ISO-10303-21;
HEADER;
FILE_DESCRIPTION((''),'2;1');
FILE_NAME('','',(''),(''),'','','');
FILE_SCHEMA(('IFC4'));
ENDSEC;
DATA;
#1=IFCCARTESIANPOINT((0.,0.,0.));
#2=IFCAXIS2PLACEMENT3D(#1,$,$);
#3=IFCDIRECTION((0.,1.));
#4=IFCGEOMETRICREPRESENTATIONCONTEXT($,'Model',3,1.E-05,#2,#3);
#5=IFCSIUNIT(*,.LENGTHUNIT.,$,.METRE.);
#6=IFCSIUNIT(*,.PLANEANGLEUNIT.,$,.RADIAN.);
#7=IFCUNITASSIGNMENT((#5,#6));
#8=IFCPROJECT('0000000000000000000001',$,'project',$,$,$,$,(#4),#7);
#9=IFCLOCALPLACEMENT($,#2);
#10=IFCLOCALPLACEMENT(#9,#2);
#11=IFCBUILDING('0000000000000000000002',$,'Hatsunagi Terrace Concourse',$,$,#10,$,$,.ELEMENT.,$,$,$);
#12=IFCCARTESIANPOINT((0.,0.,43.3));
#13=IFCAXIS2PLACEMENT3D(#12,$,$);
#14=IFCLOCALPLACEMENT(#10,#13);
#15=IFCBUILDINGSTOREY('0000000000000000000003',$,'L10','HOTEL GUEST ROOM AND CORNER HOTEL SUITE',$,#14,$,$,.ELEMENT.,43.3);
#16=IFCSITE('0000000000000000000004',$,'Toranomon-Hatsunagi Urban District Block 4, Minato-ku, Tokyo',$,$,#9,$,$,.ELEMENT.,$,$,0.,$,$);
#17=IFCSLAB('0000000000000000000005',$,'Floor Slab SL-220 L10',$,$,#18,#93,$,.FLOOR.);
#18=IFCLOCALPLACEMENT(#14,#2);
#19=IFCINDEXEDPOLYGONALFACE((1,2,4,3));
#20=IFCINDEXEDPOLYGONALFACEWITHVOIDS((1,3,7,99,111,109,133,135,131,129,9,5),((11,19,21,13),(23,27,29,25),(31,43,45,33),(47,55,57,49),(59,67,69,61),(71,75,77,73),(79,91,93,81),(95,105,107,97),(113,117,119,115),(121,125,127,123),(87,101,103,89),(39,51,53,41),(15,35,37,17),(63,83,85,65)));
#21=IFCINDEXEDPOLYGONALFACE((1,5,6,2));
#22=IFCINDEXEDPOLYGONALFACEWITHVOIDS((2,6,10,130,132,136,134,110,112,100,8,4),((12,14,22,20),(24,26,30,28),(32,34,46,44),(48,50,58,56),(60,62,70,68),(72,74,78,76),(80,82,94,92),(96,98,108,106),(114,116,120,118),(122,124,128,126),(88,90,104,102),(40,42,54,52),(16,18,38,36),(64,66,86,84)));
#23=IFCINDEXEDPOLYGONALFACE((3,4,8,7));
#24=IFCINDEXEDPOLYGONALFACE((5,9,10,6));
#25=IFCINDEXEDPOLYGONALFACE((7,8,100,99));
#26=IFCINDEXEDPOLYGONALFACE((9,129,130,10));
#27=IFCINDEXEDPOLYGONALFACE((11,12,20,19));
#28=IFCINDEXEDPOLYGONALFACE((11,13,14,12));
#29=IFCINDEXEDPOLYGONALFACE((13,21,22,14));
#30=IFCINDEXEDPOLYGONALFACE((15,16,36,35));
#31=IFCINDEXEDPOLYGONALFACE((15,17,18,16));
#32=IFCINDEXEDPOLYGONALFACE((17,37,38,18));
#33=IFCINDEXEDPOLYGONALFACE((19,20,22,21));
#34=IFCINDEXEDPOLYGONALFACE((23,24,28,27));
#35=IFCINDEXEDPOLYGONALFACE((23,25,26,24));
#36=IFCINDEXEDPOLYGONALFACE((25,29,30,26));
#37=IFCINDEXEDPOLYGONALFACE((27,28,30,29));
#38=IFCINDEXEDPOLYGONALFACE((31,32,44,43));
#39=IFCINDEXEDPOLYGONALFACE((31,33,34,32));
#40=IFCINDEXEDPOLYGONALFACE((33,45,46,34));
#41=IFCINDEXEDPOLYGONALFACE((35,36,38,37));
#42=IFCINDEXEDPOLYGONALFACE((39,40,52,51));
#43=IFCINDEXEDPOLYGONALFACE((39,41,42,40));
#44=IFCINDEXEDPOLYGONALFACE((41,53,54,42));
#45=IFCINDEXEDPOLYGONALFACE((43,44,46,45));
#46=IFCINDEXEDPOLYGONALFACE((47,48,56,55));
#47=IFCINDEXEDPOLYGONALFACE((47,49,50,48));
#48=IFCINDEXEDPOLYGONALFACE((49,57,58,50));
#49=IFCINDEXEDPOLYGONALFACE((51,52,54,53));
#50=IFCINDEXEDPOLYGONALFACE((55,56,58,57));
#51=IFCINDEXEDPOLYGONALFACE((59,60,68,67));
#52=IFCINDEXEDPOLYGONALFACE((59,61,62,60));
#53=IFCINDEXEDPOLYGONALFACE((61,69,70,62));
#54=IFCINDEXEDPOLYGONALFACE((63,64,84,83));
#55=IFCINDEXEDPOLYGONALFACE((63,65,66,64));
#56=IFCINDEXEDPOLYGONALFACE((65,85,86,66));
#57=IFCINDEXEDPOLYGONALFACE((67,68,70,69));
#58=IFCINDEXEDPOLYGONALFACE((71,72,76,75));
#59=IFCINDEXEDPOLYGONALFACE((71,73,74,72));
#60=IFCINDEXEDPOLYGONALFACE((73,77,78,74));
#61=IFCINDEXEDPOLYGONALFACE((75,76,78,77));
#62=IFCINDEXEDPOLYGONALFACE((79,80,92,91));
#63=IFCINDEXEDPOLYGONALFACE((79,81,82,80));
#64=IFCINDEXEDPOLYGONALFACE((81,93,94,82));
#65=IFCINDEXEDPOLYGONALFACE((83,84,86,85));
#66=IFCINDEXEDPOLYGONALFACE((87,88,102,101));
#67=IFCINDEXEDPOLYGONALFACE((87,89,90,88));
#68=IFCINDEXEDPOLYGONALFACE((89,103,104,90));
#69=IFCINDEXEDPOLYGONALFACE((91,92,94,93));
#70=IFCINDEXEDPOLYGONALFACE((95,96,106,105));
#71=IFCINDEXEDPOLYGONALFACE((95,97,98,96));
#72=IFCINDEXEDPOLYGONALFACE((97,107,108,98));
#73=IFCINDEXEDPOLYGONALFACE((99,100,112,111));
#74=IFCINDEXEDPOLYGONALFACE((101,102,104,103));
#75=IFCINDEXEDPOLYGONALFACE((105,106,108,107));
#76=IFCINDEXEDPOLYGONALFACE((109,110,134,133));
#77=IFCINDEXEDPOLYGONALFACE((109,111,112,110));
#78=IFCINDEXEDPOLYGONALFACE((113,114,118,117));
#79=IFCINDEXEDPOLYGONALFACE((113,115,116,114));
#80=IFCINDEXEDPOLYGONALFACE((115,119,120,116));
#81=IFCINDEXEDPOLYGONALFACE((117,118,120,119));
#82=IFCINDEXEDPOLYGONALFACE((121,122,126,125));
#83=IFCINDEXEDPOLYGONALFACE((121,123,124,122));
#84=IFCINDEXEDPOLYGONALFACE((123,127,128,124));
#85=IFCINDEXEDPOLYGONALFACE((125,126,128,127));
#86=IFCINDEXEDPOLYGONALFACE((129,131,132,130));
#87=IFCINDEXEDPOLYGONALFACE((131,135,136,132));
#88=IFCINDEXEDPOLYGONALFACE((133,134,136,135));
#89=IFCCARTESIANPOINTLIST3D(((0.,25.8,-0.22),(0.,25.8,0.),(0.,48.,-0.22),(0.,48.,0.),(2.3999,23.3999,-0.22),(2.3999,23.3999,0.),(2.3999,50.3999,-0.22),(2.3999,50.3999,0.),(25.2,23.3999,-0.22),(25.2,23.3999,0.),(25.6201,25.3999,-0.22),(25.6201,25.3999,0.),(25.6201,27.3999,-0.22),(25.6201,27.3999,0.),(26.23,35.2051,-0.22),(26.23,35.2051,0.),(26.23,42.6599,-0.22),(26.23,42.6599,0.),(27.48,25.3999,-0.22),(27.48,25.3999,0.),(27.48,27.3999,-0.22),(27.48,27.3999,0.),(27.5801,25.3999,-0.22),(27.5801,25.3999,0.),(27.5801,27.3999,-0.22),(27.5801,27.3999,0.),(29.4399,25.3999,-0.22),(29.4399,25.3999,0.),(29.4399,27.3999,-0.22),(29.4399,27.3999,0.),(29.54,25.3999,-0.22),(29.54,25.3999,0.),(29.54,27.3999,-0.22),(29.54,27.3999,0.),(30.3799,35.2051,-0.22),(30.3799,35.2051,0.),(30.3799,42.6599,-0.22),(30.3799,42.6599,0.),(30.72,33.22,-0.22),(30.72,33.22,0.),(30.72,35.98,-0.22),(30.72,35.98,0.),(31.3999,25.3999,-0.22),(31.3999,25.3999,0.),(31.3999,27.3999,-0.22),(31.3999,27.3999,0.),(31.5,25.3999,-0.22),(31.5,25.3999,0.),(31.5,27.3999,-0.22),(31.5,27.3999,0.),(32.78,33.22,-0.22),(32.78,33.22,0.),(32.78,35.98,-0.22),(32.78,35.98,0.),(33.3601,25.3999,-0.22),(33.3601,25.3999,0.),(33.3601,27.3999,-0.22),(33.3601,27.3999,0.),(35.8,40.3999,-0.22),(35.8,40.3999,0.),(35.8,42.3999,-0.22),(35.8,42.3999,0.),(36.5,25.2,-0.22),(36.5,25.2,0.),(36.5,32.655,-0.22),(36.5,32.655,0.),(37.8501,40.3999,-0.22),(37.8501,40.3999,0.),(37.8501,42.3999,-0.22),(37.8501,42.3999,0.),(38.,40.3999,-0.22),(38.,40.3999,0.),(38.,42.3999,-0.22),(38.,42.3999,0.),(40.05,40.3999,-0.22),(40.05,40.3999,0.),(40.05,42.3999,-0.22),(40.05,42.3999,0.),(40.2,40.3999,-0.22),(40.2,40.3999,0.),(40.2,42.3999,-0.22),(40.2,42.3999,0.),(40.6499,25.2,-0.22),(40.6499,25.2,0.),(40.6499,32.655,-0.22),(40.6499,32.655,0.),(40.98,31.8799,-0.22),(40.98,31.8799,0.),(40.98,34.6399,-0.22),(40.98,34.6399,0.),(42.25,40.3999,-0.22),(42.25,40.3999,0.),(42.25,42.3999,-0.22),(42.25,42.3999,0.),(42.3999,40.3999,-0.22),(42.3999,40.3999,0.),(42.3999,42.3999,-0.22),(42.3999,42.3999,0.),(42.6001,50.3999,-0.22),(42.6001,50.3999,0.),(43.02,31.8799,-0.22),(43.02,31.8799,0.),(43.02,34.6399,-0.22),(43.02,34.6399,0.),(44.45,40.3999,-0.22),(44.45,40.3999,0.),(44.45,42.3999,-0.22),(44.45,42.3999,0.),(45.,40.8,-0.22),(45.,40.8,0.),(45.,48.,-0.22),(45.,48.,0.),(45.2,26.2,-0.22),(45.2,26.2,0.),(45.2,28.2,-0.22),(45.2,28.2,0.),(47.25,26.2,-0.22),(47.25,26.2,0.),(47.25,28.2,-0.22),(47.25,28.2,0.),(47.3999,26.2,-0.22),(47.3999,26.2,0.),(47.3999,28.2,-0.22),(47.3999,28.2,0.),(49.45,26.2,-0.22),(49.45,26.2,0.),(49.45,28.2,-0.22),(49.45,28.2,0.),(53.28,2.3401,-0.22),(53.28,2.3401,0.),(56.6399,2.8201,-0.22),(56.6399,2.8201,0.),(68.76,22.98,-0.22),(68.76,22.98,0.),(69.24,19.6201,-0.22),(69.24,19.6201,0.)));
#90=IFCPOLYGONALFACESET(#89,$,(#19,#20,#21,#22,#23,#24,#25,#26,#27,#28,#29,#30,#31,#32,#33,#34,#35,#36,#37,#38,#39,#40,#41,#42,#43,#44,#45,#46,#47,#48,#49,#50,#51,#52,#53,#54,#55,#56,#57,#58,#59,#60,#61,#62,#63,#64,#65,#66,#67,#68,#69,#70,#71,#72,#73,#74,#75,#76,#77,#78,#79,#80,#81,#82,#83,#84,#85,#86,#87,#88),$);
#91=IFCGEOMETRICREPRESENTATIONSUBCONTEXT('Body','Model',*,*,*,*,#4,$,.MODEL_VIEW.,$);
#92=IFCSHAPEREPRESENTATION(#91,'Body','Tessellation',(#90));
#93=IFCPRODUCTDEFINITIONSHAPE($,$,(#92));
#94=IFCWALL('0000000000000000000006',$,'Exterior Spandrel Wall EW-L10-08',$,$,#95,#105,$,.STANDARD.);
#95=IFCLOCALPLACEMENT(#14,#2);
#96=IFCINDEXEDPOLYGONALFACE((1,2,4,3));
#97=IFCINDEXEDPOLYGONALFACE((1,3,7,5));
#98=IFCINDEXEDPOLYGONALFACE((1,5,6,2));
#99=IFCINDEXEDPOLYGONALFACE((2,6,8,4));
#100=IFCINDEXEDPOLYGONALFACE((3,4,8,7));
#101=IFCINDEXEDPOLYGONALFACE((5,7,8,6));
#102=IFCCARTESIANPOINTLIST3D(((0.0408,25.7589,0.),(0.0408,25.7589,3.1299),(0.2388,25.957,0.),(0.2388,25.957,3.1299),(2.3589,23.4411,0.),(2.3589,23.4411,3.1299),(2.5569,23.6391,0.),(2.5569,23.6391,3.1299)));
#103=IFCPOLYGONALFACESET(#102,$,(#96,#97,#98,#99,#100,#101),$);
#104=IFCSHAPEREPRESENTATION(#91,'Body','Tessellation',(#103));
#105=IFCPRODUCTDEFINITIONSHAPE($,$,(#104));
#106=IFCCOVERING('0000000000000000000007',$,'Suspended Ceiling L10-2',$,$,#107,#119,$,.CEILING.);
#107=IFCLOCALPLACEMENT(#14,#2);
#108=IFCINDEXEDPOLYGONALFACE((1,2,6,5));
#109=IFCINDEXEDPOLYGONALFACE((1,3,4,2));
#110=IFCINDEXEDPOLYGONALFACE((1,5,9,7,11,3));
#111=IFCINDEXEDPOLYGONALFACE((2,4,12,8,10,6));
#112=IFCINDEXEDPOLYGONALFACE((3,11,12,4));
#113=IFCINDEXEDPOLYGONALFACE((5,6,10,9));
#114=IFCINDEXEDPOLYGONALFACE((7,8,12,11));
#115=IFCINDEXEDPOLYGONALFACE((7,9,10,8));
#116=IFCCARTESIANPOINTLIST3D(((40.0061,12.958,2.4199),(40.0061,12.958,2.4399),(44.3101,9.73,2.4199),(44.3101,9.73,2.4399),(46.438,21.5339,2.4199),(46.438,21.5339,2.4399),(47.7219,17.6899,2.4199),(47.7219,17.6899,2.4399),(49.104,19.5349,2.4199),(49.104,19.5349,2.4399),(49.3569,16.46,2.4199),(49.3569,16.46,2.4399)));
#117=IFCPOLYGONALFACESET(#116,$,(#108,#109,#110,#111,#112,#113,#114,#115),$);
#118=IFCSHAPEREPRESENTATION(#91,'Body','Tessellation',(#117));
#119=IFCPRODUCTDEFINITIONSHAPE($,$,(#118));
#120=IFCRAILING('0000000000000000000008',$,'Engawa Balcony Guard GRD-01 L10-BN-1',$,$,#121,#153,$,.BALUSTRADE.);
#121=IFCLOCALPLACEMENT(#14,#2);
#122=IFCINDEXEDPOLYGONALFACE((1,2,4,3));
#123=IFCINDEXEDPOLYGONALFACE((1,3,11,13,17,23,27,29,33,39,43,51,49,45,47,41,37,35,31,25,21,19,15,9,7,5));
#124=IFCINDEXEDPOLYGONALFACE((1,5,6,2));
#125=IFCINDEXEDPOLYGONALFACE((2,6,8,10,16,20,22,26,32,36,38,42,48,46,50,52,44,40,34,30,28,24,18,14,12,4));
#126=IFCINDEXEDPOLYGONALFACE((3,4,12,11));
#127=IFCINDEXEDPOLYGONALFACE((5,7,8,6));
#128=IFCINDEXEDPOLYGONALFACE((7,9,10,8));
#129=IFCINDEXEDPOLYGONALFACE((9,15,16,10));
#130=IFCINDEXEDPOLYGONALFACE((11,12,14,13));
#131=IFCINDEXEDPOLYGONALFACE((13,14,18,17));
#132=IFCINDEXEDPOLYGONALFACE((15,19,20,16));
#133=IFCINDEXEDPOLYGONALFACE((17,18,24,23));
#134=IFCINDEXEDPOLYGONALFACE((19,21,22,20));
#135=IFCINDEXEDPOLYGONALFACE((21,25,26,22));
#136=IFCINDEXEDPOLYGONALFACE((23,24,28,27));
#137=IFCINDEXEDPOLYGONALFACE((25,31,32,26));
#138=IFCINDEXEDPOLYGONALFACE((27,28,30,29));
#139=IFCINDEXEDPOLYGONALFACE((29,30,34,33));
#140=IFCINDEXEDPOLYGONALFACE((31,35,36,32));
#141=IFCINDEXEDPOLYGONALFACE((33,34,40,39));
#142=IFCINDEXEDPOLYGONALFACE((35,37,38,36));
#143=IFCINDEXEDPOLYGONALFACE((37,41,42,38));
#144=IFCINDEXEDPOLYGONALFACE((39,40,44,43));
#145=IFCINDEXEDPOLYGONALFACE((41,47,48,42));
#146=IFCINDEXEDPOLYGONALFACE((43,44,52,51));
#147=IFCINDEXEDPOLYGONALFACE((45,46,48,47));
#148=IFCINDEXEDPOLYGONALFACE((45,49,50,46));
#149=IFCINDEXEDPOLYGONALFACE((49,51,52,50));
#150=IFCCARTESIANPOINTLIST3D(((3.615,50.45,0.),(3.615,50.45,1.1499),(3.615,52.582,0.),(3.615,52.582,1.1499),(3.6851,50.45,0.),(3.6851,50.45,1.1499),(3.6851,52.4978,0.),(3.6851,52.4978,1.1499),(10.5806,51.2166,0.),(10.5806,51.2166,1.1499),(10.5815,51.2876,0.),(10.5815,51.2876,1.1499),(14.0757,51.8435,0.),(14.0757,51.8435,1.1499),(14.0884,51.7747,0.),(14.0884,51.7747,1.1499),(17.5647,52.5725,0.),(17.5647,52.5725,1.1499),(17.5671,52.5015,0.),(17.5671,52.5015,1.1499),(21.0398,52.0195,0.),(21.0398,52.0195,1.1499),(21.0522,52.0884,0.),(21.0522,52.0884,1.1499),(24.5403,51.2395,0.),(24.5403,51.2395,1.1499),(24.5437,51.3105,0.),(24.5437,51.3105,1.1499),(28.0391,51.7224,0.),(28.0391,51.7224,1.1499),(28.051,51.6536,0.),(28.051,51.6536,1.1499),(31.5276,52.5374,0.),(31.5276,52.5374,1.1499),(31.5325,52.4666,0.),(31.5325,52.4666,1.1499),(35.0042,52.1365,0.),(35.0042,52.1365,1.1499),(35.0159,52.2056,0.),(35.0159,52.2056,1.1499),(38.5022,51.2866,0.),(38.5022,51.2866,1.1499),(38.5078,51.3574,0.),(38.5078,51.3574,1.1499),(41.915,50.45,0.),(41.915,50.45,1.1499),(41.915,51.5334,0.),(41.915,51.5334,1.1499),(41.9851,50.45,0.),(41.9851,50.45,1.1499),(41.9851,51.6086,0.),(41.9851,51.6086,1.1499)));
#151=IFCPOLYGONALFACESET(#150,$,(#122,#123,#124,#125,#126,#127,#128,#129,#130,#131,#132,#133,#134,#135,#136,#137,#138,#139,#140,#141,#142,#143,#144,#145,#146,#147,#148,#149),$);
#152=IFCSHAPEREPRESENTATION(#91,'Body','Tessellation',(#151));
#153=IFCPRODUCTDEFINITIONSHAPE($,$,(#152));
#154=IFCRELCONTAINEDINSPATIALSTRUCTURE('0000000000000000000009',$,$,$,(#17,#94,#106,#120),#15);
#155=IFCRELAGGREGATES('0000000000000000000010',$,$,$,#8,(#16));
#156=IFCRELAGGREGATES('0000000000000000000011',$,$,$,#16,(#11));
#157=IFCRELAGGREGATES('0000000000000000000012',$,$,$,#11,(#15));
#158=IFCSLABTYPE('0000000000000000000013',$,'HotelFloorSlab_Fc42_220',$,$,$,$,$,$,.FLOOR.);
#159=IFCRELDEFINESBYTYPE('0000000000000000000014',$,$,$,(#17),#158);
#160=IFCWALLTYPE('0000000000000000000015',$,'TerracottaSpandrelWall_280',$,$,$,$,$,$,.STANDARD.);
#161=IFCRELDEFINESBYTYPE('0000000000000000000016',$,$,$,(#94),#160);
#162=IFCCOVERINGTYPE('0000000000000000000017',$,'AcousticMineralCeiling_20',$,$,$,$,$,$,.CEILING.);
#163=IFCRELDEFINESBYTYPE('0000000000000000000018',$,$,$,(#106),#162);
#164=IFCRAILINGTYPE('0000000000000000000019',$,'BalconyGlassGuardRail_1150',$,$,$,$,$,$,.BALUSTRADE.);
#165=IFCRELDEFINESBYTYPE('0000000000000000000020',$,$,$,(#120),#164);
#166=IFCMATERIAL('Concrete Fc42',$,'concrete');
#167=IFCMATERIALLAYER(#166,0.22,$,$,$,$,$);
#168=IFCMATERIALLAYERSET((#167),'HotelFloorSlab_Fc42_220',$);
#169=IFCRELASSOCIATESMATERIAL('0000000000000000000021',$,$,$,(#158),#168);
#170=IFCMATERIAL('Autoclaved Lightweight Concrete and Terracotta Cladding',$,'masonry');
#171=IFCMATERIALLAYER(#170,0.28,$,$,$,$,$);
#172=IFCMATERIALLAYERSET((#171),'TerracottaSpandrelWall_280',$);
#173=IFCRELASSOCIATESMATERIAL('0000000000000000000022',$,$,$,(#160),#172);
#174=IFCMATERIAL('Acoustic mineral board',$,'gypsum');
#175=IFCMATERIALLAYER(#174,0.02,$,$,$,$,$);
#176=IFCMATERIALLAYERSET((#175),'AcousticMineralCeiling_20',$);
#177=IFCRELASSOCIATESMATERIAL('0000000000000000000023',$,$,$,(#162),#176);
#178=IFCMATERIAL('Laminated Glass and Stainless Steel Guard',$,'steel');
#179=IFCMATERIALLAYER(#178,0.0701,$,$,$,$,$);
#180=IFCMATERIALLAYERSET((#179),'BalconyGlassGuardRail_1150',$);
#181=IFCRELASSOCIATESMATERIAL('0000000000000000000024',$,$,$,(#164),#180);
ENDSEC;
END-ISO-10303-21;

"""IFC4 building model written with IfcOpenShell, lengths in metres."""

from ifc_helpers import new_model, si_unit, direction, frame, frame_2d, origin, place, context, subcontext, project, spatial, polyline, rectangle, outline, extrude, material, layer, layer_set, type_object, element, save


model = new_model("IFC4")

# Units and contexts
model_context = context("Model", 3, precision=1e-05, world=origin(), true_north=direction((0.0, 1.0)))
body_context = subcontext(model_context, "Body", "Model", "MODEL_VIEW")
ifc_project = project(units=[si_unit("LENGTHUNIT", "METRE"), si_unit("PLANEANGLEUNIT", "RADIAN")], contexts=[model_context])

# Site, building, storey
site_placement = place(None, origin())
site = spatial("IfcSite", under=ifc_project, at=site_placement, Name="Toranomon-Hatsunagi Urban District Block 4, Minato-ku, Tokyo", CompositionType="ELEMENT", RefElevation=0.0)
building_placement = place(site_placement, origin())
building = spatial("IfcBuilding", under=site, at=building_placement, Name="Hatsunagi Terrace Concourse", CompositionType="ELEMENT")
storey_placement = place(building_placement, frame((0.0, 0.0, 43.3)))
storey = spatial("IfcBuildingStorey", under=building, at=storey_placement, Name="L10", Description="HOTEL GUEST ROOM AND CORNER HOTEL SUITE", CompositionType="ELEMENT", Elevation=43.3)

# Slab
ifc_material_1 = material(Name="Concrete Fc42", Category="concrete")
ifc_layer_1 = layer(ifc_material_1, 0.22)
ifc_layer_set_1 = layer_set([ifc_layer_1], Name="HotelFloorSlab_Fc42_220")
slab_type_1 = type_object("IfcSlabType", Name="HotelFloorSlab_Fc42_220", PredefinedType="FLOOR", material=ifc_layer_set_1)
slab_1_placement = place(storey_placement, frame((0.0, 0.0, -0.22)))
element("IfcSlab", 1, at=slab_1_placement, inside=storey, type_object=slab_type_1, Name="Floor Slab SL-220 L10", PredefinedType="FLOOR", context=body_context, shape_type="SweptSolid", body=[
    extrude(outline(polyline([(45.0, 40.8), (45.0, 48.0), (42.6001, 50.3999), (2.3999, 50.3999), (0.0, 48.0), (0.0, 25.8), (2.3999, 23.3999), (25.2, 23.3999), (53.28, 2.3401), (56.6399, 2.8201), (69.24, 19.6201), (68.76, 22.98), (45.0, 40.8)]), holes=[polyline([(26.23, 35.2051), (30.3799, 35.2051), (30.3799, 42.6599), (26.23, 42.6599), (26.23, 35.2051)]), polyline([(36.5, 25.2), (40.6499, 25.2), (40.6499, 32.655), (36.5, 32.655), (36.5, 25.2)]), polyline([(30.72, 33.22), (32.78, 33.22), (32.78, 35.98), (30.72, 35.98), (30.72, 33.22)]), polyline([(40.98, 31.8799), (43.02, 31.8799), (43.02, 34.6399), (40.98, 34.6399), (40.98, 31.8799)]), polyline([(25.6201, 25.3999), (27.48, 25.3999), (27.48, 27.3999), (25.6201, 27.3999), (25.6201, 25.3999)]), polyline([(27.5801, 25.3999), (29.4399, 25.3999), (29.4399, 27.3999), (27.5801, 27.3999), (27.5801, 25.3999)]), polyline([(29.54, 25.3999), (31.3999, 25.3999), (31.3999, 27.3999), (29.54, 27.3999), (29.54, 25.3999)]), polyline([(31.5, 25.3999), (33.3601, 25.3999), (33.3601, 27.3999), (31.5, 27.3999), (31.5, 25.3999)]), polyline([(35.8, 40.3999), (37.8501, 40.3999), (37.8501, 42.3999), (35.8, 42.3999), (35.8, 40.3999)]), polyline([(38.0, 40.3999), (40.05, 40.3999), (40.05, 42.3999), (38.0, 42.3999), (38.0, 40.3999)]), polyline([(40.2, 40.3999), (42.25, 40.3999), (42.25, 42.3999), (40.2, 42.3999), (40.2, 40.3999)]), polyline([(42.3999, 40.3999), (44.45, 40.3999), (44.45, 42.3999), (42.3999, 42.3999), (42.3999, 40.3999)]), polyline([(45.2, 26.2), (47.25, 26.2), (47.25, 28.2), (45.2, 28.2), (45.2, 26.2)]), polyline([(47.3999, 26.2), (49.45, 26.2), (49.45, 28.2), (47.3999, 28.2), (47.3999, 26.2)])]), origin(), (0.0, 0.0, 1.0), 0.22),
])

# Wall
ifc_material_2 = material(Name="Autoclaved Lightweight Concrete and Terracotta Cladding", Category="masonry")
ifc_layer_2 = layer(ifc_material_2, 0.28)
ifc_layer_set_2 = layer_set([ifc_layer_2], Name="TerracottaSpandrelWall_280")
wall_type = type_object("IfcWallType", Name="TerracottaSpandrelWall_280", PredefinedType="STANDARD", material=ifc_layer_set_2)
wall_placement = place(storey_placement, frame((2.458, 23.54, 0.0), z_axis=(0.0, 0.0, 1.0), x_axis=(-0.707144, 0.70707, 0.0)))
element("IfcWall", 2, at=wall_placement, inside=storey, type_object=wall_type, Name="Exterior Spandrel Wall EW-L10-08", PredefinedType="STANDARD", context=body_context, shape_type="SweptSolid", body=[
    extrude(rectangle(XDim=3.2781, YDim=0.28, at=frame_2d((1.6392, 0.0))), origin(), (0.0, 0.0, 1.0), 3.1299),
])

# Covering
ifc_material_3 = material(Name="Acoustic mineral board", Category="gypsum")
ifc_layer_3 = layer(ifc_material_3, 0.02)
ifc_layer_set_3 = layer_set([ifc_layer_3], Name="AcousticMineralCeiling_20")
covering_type_1 = type_object("IfcCoveringType", Name="AcousticMineralCeiling_20", PredefinedType="CEILING", material=ifc_layer_set_3)
covering_1_placement = place(storey_placement, frame((0.0, 0.0, 2.4199)))
element("IfcCovering", 3, at=covering_1_placement, inside=storey, type_object=covering_type_1, Name="Suspended Ceiling L10-2", PredefinedType="CEILING", context=body_context, shape_type="SweptSolid", body=[
    extrude(outline(polyline([(44.3101, 9.73), (49.3569, 16.46), (47.7219, 17.6899), (49.104, 19.5349), (46.438, 21.5339), (40.0061, 12.958), (44.3101, 9.73)])), origin(), (0.0, 0.0, 1.0), 0.02),
])

# Railing
ifc_material_4 = material(Name="Laminated Glass and Stainless Steel Guard", Category="steel")
ifc_layer_4 = layer(ifc_material_4, 0.0701)
ifc_layer_set_4 = layer_set([ifc_layer_4], Name="BalconyGlassGuardRail_1150")
railing_type = type_object("IfcRailingType", Name="BalconyGlassGuardRail_1150", PredefinedType="BALUSTRADE", material=ifc_layer_set_4)
railing_1_placement = place(storey_placement, origin())
element("IfcRailing", 4, at=railing_1_placement, inside=storey, type_object=railing_type, Name="Engawa Balcony Guard GRD-01 L10-BN-1", PredefinedType="BALUSTRADE", context=body_context, shape_type="SweptSolid", body=[
    extrude(outline(polyline([(3.615, 50.45), (3.6851, 50.45), (3.6851, 52.4978), (10.5806, 51.2166), (14.0884, 51.7747), (17.5671, 52.5015), (21.0398, 52.0195), (24.5403, 51.2395), (28.051, 51.6536), (31.5325, 52.4666), (35.0042, 52.1365), (38.5022, 51.2866), (41.915, 51.5334), (41.915, 50.45), (41.9851, 50.45), (41.9851, 51.6086), (38.5078, 51.3574), (35.0159, 52.2056), (31.5276, 52.5374), (28.0391, 51.7224), (24.5437, 51.3105), (21.0522, 52.0884), (17.5647, 52.5725), (14.0757, 51.8435), (10.5815, 51.2876), (3.615, 52.582), (3.615, 50.45)])), origin(), (0.0, 0.0, 1.0), 1.1499),
])

save(model, "model.ifc")
